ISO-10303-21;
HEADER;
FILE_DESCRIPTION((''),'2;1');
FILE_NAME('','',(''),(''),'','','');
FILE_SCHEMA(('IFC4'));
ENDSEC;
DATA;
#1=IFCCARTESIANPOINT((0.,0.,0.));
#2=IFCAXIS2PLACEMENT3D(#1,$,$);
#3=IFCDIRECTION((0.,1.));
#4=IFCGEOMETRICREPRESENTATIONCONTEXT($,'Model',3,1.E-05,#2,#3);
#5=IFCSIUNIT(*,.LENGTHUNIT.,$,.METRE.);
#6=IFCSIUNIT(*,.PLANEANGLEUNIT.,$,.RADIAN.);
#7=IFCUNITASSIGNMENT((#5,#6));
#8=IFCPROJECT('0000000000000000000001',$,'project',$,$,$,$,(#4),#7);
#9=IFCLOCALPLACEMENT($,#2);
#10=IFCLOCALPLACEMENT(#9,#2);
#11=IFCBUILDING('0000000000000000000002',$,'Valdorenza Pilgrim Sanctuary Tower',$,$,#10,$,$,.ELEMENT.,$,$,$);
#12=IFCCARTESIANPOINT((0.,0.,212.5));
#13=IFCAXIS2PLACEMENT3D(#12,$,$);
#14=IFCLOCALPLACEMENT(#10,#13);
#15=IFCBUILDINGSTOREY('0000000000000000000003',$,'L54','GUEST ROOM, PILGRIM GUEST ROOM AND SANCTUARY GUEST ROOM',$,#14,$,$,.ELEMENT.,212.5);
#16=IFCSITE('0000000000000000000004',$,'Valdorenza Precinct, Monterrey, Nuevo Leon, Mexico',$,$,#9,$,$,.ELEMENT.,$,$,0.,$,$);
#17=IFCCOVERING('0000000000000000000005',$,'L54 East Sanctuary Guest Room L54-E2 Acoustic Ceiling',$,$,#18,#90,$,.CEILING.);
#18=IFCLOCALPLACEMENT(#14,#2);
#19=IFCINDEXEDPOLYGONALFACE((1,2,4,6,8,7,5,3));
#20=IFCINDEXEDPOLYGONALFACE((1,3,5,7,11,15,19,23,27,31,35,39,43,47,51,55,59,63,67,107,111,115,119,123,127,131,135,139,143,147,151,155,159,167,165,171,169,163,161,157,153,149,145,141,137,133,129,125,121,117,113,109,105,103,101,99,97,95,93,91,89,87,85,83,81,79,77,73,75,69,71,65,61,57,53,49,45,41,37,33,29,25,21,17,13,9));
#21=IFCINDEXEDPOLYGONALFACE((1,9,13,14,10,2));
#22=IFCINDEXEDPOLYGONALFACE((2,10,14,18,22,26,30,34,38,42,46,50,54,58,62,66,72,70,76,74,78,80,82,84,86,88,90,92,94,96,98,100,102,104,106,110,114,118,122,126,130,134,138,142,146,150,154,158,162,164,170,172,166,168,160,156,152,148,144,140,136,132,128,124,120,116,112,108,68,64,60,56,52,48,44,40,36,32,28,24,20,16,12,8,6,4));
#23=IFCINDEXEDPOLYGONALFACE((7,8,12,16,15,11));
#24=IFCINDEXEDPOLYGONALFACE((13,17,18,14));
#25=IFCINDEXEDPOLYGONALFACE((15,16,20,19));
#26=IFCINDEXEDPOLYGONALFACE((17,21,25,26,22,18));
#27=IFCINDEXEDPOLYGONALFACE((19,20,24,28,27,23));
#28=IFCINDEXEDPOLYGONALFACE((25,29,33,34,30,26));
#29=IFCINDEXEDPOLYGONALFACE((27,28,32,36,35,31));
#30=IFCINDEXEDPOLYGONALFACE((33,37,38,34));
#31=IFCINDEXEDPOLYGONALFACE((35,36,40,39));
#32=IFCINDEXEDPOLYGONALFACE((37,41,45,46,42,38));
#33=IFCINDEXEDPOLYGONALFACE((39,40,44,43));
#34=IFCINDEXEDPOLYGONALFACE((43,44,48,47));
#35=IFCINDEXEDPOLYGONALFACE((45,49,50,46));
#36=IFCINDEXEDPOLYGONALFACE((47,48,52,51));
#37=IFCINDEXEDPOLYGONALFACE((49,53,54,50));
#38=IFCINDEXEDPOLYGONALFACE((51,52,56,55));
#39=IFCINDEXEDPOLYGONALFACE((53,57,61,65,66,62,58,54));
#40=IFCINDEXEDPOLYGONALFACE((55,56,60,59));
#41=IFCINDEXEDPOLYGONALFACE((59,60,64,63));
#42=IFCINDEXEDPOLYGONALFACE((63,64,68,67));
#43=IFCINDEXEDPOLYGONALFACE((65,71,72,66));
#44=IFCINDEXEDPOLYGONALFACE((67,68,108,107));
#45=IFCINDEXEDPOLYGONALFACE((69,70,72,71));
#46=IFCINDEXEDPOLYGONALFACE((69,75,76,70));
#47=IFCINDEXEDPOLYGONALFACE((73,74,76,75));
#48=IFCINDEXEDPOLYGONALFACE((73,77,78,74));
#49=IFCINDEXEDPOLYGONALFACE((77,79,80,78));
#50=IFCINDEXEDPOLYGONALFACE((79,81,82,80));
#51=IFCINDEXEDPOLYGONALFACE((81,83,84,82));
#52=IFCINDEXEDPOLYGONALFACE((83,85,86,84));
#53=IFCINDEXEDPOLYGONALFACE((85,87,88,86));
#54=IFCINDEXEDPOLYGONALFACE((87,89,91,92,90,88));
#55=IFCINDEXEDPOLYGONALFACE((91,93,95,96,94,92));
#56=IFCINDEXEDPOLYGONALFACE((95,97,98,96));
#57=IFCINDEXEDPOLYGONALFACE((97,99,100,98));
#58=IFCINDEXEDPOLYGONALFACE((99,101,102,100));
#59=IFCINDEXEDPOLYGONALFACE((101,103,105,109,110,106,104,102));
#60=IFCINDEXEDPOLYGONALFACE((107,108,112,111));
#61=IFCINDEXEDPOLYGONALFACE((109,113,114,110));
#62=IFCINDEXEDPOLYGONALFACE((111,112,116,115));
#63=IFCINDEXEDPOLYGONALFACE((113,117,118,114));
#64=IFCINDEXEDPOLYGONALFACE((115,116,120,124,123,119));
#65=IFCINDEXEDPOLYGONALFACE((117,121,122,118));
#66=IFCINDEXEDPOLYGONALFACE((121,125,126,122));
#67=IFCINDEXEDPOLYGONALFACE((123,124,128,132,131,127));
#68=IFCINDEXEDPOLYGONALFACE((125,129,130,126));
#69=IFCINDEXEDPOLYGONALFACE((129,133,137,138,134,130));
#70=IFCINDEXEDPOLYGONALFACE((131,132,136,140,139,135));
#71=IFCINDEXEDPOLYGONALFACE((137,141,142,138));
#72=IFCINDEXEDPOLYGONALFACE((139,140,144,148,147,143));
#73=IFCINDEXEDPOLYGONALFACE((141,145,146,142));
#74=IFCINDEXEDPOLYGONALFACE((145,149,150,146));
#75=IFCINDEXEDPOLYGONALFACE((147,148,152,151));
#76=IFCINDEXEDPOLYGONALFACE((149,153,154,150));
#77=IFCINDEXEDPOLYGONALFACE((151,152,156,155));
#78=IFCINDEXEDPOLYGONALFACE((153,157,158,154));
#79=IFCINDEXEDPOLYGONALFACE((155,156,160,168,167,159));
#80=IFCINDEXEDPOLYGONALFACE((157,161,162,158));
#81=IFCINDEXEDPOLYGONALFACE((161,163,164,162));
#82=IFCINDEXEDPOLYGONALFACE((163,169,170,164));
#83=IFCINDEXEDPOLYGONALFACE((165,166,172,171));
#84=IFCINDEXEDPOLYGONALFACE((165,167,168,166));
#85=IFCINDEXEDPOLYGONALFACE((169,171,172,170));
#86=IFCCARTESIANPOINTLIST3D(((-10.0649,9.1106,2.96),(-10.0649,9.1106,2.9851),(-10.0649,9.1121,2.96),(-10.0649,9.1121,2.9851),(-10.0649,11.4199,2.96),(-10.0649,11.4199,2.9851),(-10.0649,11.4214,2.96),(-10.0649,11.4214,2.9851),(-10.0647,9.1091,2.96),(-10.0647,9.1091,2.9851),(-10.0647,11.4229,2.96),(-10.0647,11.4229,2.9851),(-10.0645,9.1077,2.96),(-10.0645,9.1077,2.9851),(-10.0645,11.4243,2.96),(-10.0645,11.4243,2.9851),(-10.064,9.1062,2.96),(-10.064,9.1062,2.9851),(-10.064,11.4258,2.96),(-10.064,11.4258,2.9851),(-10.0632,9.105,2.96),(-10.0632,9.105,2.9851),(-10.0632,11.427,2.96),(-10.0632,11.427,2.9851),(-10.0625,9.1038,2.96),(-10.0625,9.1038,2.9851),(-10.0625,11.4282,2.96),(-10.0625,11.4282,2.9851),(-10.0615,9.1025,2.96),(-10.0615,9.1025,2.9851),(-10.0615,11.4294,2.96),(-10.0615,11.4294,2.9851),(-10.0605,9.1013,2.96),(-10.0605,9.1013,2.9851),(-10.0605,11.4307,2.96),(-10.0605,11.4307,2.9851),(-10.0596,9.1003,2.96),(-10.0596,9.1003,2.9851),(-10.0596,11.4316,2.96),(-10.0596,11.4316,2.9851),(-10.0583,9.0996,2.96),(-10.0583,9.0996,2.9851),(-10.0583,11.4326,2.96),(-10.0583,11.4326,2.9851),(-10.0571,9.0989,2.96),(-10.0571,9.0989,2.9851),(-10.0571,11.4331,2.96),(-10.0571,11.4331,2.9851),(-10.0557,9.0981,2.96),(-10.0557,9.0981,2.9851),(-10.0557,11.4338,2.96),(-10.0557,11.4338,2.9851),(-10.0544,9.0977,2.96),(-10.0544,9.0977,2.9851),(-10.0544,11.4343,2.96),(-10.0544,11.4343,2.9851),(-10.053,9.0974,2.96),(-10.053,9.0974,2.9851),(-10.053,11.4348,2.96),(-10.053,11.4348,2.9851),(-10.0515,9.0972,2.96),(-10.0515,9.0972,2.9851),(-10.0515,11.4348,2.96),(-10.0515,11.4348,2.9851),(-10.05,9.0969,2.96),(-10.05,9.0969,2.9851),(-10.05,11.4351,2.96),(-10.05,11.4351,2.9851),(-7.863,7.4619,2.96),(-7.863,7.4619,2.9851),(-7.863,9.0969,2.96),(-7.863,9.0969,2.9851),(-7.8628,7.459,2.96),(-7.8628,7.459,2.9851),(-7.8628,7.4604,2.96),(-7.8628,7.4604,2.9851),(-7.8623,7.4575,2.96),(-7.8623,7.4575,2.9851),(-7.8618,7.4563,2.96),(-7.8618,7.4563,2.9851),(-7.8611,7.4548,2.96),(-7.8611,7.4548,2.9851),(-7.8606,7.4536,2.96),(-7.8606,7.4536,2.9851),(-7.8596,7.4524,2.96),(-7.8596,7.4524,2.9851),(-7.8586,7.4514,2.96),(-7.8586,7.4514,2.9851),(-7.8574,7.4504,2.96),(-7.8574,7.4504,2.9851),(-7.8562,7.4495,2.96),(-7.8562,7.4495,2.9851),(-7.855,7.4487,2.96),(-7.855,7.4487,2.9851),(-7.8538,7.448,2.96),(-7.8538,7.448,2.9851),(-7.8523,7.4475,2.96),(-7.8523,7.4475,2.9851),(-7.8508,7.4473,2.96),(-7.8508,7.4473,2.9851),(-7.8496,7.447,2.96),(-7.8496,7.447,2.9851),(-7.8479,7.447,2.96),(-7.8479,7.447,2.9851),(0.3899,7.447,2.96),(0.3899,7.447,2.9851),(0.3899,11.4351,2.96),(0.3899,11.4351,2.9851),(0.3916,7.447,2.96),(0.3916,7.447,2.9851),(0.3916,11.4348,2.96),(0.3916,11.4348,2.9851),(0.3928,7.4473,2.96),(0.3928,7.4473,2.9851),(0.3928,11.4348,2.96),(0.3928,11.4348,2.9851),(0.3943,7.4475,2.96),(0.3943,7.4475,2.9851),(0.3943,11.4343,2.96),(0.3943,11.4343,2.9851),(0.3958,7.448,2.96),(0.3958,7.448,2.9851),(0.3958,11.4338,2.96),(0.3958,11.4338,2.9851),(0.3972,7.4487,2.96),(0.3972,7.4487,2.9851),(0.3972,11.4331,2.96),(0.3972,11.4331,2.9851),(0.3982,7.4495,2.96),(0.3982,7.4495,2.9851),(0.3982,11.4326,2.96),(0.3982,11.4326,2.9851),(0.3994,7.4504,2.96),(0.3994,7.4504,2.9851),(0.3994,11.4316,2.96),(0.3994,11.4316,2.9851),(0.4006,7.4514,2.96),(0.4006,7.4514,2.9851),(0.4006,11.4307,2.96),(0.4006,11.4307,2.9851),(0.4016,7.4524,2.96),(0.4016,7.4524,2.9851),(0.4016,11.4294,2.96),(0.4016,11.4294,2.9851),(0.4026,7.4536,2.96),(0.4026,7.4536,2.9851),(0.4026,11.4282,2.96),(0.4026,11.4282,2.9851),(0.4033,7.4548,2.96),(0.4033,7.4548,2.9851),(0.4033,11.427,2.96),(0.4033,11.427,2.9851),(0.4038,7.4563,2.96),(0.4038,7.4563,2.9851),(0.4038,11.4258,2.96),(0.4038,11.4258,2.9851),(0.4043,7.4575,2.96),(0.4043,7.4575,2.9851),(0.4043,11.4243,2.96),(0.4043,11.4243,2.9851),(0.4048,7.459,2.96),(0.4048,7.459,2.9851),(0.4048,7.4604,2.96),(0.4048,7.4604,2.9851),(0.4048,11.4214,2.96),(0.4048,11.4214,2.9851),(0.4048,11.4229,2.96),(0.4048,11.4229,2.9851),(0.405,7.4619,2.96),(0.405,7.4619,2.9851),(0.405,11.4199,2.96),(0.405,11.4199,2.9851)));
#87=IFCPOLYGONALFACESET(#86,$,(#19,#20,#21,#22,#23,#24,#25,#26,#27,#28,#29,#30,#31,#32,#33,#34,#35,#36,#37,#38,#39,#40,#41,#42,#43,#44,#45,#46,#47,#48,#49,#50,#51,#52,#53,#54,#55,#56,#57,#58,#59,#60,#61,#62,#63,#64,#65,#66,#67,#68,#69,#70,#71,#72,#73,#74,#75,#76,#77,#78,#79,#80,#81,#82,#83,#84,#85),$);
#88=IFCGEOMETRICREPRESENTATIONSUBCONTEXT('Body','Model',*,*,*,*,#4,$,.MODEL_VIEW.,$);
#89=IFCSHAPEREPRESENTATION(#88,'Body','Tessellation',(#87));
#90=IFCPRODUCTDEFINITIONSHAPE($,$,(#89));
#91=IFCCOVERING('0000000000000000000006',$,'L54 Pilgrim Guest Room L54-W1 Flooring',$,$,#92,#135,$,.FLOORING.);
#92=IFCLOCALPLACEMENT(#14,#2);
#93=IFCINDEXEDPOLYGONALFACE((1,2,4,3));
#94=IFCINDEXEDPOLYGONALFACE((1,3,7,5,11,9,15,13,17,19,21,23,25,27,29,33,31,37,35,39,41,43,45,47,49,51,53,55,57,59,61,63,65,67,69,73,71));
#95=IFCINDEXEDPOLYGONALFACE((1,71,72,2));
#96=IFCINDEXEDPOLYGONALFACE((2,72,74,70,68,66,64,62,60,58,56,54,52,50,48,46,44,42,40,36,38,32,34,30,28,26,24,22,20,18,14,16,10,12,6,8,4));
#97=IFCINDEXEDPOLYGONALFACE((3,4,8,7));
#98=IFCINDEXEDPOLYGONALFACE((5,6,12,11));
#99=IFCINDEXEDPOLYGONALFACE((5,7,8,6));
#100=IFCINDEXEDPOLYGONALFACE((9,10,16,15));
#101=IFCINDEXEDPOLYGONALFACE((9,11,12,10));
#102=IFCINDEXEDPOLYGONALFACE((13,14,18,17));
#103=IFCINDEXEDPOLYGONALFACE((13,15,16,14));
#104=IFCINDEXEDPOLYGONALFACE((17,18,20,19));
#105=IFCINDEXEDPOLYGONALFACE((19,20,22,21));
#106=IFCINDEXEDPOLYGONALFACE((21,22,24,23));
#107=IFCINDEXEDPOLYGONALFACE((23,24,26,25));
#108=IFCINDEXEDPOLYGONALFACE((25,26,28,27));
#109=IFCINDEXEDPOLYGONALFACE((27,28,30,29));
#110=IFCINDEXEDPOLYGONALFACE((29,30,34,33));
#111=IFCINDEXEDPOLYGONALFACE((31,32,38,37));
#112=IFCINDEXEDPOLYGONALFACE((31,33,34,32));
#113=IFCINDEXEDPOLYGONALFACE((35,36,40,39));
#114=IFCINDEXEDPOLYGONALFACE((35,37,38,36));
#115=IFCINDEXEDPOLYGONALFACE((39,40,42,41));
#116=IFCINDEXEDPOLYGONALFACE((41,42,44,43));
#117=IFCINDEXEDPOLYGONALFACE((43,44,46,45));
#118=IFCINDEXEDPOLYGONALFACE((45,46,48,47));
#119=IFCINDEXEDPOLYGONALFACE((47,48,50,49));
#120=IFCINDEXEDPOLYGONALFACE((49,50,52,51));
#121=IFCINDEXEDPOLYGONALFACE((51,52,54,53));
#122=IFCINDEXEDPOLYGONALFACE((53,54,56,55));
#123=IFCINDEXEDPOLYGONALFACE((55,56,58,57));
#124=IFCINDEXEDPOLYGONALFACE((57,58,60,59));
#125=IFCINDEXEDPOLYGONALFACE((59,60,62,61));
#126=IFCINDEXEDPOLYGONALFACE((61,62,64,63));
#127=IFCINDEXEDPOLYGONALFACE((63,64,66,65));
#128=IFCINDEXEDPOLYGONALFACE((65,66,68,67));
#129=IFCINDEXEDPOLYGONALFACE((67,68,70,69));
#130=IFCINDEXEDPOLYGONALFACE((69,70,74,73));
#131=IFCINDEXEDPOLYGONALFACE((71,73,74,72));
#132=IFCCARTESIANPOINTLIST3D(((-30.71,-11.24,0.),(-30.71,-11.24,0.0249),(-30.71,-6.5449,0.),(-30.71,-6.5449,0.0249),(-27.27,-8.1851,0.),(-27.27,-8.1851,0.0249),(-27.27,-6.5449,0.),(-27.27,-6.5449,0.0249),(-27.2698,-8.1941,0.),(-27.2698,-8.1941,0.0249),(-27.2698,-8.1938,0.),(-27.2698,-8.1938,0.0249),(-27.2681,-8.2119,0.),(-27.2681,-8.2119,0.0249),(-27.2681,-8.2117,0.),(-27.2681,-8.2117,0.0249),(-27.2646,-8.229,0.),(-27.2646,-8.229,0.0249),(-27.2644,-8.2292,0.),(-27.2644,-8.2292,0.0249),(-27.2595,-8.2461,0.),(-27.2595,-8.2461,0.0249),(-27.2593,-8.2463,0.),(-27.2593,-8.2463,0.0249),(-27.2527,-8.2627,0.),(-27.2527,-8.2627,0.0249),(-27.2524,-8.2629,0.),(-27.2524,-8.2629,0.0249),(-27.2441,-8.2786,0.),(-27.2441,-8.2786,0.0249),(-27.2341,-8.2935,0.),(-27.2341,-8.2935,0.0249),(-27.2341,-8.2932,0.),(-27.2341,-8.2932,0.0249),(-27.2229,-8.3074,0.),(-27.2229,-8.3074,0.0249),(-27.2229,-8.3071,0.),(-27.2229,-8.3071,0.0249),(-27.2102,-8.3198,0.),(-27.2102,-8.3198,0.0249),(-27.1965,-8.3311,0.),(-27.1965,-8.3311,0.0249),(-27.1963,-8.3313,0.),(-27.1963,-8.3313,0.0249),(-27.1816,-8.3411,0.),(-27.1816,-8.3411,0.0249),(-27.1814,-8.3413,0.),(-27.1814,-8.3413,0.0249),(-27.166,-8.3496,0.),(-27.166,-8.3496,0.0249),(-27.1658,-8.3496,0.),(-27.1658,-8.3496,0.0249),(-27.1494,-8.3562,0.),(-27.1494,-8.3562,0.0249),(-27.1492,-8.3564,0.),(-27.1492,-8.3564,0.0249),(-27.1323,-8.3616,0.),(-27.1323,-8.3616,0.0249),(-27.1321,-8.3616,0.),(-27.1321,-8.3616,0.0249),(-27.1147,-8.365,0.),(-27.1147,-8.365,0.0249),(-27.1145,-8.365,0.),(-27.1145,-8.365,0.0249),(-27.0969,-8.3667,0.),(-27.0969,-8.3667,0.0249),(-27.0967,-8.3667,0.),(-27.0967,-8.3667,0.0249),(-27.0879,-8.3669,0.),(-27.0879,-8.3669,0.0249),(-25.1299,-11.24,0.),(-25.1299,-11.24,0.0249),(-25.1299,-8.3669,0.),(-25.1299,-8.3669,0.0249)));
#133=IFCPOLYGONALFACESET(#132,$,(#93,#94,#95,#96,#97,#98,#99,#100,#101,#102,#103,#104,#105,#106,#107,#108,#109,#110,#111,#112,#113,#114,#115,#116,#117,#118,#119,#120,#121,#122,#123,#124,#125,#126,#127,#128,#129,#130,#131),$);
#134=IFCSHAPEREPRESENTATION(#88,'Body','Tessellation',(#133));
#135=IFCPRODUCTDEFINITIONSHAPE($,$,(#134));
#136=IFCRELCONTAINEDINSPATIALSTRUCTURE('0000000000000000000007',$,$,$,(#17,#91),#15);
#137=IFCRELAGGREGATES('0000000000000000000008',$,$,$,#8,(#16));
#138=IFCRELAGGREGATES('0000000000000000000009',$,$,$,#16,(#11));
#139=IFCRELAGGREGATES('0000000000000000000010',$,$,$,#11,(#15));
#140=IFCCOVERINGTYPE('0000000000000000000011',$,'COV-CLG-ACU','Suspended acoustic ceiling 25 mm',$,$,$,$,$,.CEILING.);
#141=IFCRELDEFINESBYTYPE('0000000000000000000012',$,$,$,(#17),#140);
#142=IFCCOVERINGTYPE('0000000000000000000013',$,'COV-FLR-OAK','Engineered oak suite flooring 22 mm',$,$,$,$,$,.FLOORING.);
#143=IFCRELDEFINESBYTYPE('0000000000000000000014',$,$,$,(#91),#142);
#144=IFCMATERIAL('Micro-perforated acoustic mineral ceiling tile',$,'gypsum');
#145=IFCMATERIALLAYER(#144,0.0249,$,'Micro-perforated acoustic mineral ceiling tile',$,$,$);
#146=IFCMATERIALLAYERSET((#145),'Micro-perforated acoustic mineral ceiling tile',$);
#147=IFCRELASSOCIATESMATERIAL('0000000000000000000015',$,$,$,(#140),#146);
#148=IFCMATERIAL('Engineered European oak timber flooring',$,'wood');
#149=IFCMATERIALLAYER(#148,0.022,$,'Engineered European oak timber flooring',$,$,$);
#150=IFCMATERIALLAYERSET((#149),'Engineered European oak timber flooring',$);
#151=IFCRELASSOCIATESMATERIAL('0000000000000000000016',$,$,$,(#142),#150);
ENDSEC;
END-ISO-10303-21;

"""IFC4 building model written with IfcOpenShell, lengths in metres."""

from ifc_helpers import new_model, si_unit, direction, frame, origin, place, context, subcontext, project, spatial, polyline, outline, extrude, material, layer, layer_set, type_object, element, save


model = new_model("IFC4")

# Units and contexts
model_context = context("Model", 3, precision=1e-05, world=origin(), true_north=direction((0.0, 1.0)))
body_context = subcontext(model_context, "Body", "Model", "MODEL_VIEW")
ifc_project = project(units=[si_unit("LENGTHUNIT", "METRE"), si_unit("PLANEANGLEUNIT", "RADIAN")], contexts=[model_context])

# Site, building, storey
site_placement = place(None, origin())
site = spatial("IfcSite", under=ifc_project, at=site_placement, Name="Valdorenza Precinct, Monterrey, Nuevo Leon, Mexico", CompositionType="ELEMENT", RefElevation=0.0)
building_placement = place(site_placement, origin())
building = spatial("IfcBuilding", under=site, at=building_placement, Name="Valdorenza Pilgrim Sanctuary Tower", CompositionType="ELEMENT")
storey_placement = place(building_placement, frame((0.0, 0.0, 212.5)))
storey = spatial("IfcBuildingStorey", under=building, at=storey_placement, Name="L54", Description="GUEST ROOM, PILGRIM GUEST ROOM AND SANCTUARY GUEST ROOM", CompositionType="ELEMENT", Elevation=212.5)

# Coverings
ifc_material_1 = material(Name="Micro-perforated acoustic mineral ceiling tile", Category="gypsum")
ifc_layer_1 = layer(ifc_material_1, 0.0249, Name="Micro-perforated acoustic mineral ceiling tile")
ifc_layer_set_1 = layer_set([ifc_layer_1], Name="Micro-perforated acoustic mineral ceiling tile")
covering_type_1 = type_object("IfcCoveringType", Name="COV-CLG-ACU", Description="Suspended acoustic ceiling 25 mm", PredefinedType="CEILING", material=ifc_layer_set_1)
covering_1_placement = place(storey_placement, frame((0.0, 0.0, 2.96)))
element("IfcCovering", 1, at=covering_1_placement, inside=storey, type_object=covering_type_1, Name="L54 East Sanctuary Guest Room L54-E2 Acoustic Ceiling", PredefinedType="CEILING", context=body_context, shape_type="SweptSolid", body=[
    extrude(outline(polyline([(-7.863, 9.0969), (-10.05, 9.0969), (-10.0515, 9.0972), (-10.053, 9.0974), (-10.0544, 9.0977), (-10.0557, 9.0981), (-10.0571, 9.0989), (-10.0583, 9.0996), (-10.0596, 9.1003), (-10.0605, 9.1013), (-10.0615, 9.1025), (-10.0625, 9.1038), (-10.0632, 9.105), (-10.064, 9.1062), (-10.0645, 9.1077), (-10.0647, 9.1091), (-10.0649, 9.1106), (-10.0649, 9.1121), (-10.0649, 11.4199), (-10.0649, 11.4214), (-10.0647, 11.4229), (-10.0645, 11.4243), (-10.064, 11.4258), (-10.0632, 11.427), (-10.0625, 11.4282), (-10.0615, 11.4294), (-10.0605, 11.4307), (-10.0596, 11.4316), (-10.0583, 11.4326), (-10.0571, 11.4331), (-10.0557, 11.4338), (-10.0544, 11.4343), (-10.053, 11.4348), (-10.0515, 11.4348), (-10.05, 11.4351), (0.3899, 11.4351), (0.3916, 11.4348), (0.3928, 11.4348), (0.3943, 11.4343), (0.3958, 11.4338), (0.3972, 11.4331), (0.3982, 11.4326), (0.3994, 11.4316), (0.4006, 11.4307), (0.4016, 11.4294), (0.4026, 11.4282), (0.4033, 11.427), (0.4038, 11.4258), (0.4043, 11.4243), (0.4048, 11.4229), (0.4048, 11.4214), (0.405, 11.4199), (0.405, 7.4619), (0.4048, 7.4604), (0.4048, 7.459), (0.4043, 7.4575), (0.4038, 7.4563), (0.4033, 7.4548), (0.4026, 7.4536), (0.4016, 7.4524), (0.4006, 7.4514), (0.3994, 7.4504), (0.3982, 7.4495), (0.3972, 7.4487), (0.3958, 7.448), (0.3943, 7.4475), (0.3928, 7.4473), (0.3916, 7.447), (0.3899, 7.447), (-7.8479, 7.447), (-7.8496, 7.447), (-7.8508, 7.4473), (-7.8523, 7.4475), (-7.8538, 7.448), (-7.855, 7.4487), (-7.8562, 7.4495), (-7.8574, 7.4504), (-7.8586, 7.4514), (-7.8596, 7.4524), (-7.8606, 7.4536), (-7.8611, 7.4548), (-7.8618, 7.4563), (-7.8623, 7.4575), (-7.8628, 7.459), (-7.8628, 7.4604), (-7.863, 7.4619), (-7.863, 9.0969)])), origin(), (0.0, 0.0, 1.0), 0.0251),
])
ifc_material_2 = material(Name="Engineered European oak timber flooring", Category="wood")
ifc_layer_2 = layer(ifc_material_2, 0.022, Name="Engineered European oak timber flooring")
ifc_layer_set_2 = layer_set([ifc_layer_2], Name="Engineered European oak timber flooring")
covering_type_2 = type_object("IfcCoveringType", Name="COV-FLR-OAK", Description="Engineered oak suite flooring 22 mm", PredefinedType="FLOORING", material=ifc_layer_set_2)
covering_2_placement = place(storey_placement, origin())
element("IfcCovering", 2, at=covering_2_placement, inside=storey, type_object=covering_type_2, Name="L54 Pilgrim Guest Room L54-W1 Flooring", PredefinedType="FLOORING", context=body_context, shape_type="SweptSolid", body=[
    extrude(outline(polyline([(-30.71, -6.5449), (-27.27, -6.5449), (-27.27, -8.1851), (-27.2698, -8.1938), (-27.2698, -8.1941), (-27.2681, -8.2117), (-27.2681, -8.2119), (-27.2646, -8.229), (-27.2644, -8.2292), (-27.2595, -8.2461), (-27.2593, -8.2463), (-27.2527, -8.2627), (-27.2524, -8.2629), (-27.2441, -8.2786), (-27.2441, -8.2786), (-27.2341, -8.2932), (-27.2341, -8.2935), (-27.2229, -8.3071), (-27.2229, -8.3074), (-27.2102, -8.3198), (-27.2102, -8.3198), (-27.1965, -8.3311), (-27.1963, -8.3313), (-27.1816, -8.3411), (-27.1814, -8.3413), (-27.166, -8.3496), (-27.1658, -8.3496), (-27.1494, -8.3562), (-27.1492, -8.3564), (-27.1323, -8.3616), (-27.1321, -8.3616), (-27.1147, -8.365), (-27.1145, -8.365), (-27.0969, -8.3667), (-27.0967, -8.3667), (-27.0879, -8.3669), (-25.1299, -8.3669), (-25.1299, -11.24), (-30.71, -11.24), (-30.71, -6.5449)])), origin(), (0.0, 0.0, 1.0), 0.0249),
])

save(model, "model.ifc")
